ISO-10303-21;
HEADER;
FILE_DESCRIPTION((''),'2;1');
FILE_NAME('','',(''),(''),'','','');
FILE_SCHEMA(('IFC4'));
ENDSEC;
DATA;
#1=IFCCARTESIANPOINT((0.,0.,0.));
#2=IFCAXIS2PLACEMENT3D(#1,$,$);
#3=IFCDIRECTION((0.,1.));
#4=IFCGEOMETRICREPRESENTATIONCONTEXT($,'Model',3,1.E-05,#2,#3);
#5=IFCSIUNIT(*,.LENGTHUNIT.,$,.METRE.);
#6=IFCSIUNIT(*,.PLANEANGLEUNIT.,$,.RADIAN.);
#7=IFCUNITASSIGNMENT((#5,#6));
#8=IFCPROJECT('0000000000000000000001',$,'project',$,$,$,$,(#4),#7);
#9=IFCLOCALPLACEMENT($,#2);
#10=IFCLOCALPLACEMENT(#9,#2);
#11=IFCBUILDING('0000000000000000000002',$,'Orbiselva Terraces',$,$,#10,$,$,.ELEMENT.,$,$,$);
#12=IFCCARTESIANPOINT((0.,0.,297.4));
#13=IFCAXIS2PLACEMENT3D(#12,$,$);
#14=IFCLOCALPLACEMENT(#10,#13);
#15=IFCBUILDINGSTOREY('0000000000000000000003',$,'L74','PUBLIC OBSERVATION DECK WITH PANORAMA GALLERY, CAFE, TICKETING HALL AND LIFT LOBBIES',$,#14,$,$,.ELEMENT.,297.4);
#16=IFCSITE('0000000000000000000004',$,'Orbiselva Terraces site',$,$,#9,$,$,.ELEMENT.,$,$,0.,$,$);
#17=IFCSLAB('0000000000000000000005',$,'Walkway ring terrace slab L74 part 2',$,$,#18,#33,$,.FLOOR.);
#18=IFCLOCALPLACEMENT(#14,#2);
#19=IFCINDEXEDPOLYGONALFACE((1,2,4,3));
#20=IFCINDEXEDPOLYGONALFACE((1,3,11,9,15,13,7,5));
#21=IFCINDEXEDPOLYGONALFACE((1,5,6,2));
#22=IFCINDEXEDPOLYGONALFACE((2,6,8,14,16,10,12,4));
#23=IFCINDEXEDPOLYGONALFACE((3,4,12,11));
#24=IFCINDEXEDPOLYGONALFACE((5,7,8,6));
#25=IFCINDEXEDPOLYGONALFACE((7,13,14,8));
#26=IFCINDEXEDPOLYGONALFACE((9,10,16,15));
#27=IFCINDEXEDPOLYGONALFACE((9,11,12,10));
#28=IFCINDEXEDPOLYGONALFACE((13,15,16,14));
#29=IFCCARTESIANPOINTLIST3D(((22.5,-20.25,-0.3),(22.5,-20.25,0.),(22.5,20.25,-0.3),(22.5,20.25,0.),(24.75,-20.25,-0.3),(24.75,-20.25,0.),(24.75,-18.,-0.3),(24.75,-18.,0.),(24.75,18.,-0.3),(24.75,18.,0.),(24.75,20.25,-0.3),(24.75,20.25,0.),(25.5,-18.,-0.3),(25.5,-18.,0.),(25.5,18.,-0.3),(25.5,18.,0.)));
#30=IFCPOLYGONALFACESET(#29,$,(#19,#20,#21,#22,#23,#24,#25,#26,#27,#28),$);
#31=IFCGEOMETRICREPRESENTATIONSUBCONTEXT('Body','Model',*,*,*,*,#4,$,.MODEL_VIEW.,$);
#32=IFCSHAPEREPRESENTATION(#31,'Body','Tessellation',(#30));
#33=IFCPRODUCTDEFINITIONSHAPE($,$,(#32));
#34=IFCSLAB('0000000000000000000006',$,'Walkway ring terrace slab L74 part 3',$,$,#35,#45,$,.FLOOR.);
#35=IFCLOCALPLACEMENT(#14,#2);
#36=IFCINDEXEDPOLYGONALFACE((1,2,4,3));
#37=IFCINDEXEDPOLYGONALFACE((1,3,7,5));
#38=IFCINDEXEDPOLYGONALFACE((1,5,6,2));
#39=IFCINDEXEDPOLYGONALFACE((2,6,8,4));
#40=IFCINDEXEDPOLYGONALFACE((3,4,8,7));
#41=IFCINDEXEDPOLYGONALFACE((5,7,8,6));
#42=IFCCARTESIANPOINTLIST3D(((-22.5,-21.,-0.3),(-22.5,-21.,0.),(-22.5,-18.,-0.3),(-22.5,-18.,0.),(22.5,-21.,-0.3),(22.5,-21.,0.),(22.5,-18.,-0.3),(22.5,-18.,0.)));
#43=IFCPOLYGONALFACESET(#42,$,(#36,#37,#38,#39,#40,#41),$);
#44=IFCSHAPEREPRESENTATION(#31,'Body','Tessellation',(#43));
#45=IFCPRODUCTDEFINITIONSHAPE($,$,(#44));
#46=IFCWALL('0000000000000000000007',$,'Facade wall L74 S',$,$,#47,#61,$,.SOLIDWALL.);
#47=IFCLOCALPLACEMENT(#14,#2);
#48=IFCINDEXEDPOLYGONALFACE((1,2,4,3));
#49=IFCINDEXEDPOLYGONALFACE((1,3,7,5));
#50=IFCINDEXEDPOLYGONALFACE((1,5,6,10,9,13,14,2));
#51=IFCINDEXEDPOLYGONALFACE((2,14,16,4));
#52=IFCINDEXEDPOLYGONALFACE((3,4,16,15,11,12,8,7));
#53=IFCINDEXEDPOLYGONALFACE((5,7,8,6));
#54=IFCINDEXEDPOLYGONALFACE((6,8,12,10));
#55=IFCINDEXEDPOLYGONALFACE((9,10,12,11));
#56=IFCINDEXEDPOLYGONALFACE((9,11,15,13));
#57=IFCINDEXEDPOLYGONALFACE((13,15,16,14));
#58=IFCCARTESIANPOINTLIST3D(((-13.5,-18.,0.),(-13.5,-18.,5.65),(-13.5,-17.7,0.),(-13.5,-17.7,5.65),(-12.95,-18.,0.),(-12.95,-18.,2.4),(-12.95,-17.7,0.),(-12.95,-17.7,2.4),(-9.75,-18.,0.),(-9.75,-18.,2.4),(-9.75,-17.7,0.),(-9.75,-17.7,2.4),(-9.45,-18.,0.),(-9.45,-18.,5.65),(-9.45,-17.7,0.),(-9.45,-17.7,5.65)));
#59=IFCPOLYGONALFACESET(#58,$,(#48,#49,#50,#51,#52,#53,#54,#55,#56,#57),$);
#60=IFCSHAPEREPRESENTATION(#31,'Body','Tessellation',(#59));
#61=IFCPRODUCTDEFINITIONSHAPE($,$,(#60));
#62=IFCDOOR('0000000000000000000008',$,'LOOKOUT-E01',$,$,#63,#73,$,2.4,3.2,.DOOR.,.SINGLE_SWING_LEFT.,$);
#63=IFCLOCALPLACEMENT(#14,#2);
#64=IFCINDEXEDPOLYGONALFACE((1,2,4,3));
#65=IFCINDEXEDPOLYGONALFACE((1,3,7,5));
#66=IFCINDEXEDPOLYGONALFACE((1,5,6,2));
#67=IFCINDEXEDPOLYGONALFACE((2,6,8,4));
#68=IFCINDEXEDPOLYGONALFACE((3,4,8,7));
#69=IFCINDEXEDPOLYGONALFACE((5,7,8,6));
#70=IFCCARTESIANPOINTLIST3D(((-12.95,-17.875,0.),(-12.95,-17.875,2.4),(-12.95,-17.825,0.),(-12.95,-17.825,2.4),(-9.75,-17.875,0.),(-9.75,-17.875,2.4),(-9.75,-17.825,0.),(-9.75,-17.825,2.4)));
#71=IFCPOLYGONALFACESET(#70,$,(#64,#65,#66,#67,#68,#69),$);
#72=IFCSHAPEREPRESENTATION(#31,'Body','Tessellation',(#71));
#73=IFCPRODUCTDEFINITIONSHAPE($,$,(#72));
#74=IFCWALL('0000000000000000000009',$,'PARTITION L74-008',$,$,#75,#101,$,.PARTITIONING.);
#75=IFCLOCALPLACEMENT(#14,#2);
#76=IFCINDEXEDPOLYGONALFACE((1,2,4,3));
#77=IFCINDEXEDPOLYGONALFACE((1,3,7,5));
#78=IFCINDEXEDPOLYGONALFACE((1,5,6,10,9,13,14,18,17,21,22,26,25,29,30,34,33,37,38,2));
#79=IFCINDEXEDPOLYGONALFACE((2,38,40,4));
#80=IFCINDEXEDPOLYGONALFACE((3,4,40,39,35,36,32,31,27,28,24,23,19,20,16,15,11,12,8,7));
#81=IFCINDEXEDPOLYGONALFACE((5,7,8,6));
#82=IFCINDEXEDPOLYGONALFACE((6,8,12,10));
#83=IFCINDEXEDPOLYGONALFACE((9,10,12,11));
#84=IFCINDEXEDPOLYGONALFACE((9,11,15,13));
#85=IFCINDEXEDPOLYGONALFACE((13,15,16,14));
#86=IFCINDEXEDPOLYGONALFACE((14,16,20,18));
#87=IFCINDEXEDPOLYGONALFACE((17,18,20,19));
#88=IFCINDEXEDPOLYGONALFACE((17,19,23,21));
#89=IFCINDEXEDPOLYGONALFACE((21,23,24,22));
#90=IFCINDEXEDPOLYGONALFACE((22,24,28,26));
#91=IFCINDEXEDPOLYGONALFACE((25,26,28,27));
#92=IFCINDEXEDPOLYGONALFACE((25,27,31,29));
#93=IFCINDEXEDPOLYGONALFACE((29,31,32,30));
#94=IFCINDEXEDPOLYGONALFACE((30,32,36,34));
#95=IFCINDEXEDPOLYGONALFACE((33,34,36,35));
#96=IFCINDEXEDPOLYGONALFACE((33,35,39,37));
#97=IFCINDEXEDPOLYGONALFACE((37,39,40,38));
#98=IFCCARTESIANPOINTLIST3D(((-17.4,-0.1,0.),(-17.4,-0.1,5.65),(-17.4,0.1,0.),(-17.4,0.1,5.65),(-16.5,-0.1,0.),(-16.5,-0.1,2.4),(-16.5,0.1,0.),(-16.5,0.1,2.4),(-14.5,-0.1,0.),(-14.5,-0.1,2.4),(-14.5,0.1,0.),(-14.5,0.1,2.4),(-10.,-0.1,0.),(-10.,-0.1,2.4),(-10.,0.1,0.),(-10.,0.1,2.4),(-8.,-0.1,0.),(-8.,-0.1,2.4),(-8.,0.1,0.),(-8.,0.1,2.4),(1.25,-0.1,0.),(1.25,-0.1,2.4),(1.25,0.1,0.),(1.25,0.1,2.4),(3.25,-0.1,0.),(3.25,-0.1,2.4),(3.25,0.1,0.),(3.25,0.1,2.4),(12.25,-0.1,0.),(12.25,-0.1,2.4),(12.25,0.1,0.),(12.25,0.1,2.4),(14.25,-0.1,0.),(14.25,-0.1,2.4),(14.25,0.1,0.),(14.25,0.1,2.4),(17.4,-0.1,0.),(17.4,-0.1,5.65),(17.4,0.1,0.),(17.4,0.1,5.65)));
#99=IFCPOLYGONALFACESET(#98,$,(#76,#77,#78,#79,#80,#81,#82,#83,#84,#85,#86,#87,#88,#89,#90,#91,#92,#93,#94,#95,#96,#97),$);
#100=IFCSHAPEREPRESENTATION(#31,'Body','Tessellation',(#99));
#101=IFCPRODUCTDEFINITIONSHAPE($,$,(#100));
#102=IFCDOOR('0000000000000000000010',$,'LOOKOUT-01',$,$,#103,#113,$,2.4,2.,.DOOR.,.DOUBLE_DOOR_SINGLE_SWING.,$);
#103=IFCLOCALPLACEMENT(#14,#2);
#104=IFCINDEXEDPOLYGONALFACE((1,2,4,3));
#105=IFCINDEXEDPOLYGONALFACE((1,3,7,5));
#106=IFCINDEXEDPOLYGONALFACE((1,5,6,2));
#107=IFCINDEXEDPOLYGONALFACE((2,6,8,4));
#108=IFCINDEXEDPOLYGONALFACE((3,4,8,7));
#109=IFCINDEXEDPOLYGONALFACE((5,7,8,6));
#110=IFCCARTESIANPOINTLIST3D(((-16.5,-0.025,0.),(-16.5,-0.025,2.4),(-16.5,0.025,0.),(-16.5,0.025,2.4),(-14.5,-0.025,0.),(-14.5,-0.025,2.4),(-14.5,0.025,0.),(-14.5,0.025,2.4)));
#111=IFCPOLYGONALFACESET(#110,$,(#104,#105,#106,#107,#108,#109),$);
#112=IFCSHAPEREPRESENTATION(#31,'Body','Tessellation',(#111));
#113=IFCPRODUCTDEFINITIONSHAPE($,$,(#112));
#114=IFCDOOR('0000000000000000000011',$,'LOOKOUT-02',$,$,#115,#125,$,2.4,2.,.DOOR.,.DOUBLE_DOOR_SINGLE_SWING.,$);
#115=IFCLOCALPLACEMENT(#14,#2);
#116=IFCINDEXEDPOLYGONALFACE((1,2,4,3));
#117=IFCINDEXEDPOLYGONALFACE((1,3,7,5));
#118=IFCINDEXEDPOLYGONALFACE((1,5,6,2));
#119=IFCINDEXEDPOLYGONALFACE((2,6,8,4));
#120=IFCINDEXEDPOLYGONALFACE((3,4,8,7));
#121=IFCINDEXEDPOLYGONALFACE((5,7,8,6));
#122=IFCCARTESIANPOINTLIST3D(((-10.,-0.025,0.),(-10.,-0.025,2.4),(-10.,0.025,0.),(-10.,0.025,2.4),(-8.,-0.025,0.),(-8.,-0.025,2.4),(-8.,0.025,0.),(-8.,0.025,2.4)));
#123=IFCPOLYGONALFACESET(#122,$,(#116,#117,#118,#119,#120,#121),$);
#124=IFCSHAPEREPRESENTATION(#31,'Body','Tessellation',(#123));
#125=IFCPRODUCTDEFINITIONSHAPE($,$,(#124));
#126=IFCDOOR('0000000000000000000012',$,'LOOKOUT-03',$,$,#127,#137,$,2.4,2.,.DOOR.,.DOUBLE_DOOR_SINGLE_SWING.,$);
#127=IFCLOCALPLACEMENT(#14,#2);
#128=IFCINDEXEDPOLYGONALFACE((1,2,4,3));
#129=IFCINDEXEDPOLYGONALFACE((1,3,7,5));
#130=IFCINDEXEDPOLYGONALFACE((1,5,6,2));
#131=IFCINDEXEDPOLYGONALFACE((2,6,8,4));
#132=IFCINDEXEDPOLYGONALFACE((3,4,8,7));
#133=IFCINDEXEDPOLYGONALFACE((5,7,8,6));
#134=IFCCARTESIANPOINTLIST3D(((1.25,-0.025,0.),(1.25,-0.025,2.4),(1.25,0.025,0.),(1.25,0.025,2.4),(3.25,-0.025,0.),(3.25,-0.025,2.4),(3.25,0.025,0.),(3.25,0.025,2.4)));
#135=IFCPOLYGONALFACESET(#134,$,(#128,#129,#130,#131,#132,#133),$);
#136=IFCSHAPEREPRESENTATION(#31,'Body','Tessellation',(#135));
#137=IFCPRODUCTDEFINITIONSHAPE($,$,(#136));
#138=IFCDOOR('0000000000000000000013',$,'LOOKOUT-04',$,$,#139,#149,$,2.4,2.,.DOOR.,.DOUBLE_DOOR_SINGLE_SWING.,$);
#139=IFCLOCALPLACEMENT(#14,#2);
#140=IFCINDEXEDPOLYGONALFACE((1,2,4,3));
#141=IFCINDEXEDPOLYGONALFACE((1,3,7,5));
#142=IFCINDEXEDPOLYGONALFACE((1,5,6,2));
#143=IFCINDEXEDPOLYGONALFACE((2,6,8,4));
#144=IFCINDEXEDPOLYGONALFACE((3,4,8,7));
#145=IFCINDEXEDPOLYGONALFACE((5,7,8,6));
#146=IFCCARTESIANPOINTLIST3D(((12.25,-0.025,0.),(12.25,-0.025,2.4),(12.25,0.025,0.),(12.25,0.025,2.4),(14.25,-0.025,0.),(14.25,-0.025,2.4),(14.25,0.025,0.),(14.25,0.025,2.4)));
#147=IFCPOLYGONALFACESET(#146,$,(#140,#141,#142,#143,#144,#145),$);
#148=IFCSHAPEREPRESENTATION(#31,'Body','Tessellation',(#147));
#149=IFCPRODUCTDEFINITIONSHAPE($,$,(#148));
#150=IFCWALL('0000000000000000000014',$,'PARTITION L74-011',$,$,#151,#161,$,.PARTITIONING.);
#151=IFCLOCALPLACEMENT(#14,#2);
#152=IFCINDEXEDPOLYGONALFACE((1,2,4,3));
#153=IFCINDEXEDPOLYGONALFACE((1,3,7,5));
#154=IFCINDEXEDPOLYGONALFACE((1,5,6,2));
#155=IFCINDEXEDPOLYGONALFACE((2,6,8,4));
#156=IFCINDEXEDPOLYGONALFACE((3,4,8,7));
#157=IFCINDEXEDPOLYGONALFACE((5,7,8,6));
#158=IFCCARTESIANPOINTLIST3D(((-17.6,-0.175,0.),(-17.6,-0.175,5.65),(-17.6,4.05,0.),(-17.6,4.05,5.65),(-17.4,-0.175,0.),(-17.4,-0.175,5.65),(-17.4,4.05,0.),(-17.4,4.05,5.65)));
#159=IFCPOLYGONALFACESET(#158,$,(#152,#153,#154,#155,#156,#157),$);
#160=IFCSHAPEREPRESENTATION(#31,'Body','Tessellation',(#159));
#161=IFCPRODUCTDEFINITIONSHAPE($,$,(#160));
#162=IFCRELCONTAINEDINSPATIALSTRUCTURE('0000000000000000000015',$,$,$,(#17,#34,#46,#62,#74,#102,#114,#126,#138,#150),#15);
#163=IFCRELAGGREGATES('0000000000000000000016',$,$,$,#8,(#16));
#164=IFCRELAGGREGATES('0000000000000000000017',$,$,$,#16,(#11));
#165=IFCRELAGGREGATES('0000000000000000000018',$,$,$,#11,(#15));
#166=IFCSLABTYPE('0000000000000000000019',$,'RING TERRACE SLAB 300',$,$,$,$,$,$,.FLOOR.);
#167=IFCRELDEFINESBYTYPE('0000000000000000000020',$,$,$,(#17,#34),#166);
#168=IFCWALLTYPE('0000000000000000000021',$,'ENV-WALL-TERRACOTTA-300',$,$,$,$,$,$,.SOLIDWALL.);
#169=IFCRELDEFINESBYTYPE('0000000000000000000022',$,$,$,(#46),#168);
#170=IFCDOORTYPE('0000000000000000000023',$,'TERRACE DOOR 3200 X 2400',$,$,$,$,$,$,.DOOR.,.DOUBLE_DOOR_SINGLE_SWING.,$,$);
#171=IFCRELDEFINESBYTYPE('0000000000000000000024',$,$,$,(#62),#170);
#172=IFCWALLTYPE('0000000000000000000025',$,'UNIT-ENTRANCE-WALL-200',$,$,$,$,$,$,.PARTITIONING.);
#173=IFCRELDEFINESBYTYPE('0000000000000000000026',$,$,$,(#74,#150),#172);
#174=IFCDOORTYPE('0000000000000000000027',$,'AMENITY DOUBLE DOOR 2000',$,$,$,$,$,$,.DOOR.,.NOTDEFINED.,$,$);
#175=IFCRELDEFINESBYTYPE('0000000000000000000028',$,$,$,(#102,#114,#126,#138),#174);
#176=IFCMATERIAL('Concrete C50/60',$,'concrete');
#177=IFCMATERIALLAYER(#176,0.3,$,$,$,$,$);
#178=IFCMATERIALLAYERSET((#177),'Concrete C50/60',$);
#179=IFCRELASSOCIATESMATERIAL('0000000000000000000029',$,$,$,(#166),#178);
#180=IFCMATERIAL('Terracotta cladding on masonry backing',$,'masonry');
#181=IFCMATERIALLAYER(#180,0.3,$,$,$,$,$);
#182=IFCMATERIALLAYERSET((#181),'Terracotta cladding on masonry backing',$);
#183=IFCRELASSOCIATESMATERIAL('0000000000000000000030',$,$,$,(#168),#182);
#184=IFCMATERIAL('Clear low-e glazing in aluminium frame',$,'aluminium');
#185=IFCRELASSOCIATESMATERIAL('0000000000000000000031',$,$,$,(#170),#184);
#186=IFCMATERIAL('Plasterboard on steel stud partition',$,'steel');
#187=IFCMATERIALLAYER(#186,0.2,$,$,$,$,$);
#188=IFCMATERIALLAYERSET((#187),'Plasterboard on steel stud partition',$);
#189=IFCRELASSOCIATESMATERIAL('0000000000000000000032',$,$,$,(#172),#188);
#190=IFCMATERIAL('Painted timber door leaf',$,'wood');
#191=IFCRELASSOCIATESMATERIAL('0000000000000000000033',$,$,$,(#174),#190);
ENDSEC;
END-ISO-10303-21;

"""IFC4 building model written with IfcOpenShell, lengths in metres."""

from ifc_helpers import new_model, si_unit, direction, frame, frame_2d, origin, place, context, subcontext, project, spatial, polyline, rectangle, outline, extrude, material, layer, layer_set, type_object, element, fill, save


model = new_model("IFC4")

# Units and contexts
model_context = context("Model", 3, precision=1e-05, world=origin(), true_north=direction((0.0, 1.0)))
body_context = subcontext(model_context, "Body", "Model", "MODEL_VIEW")
ifc_project = project(units=[si_unit("LENGTHUNIT", "METRE"), si_unit("PLANEANGLEUNIT", "RADIAN")], contexts=[model_context])

# Site, building, storey
site_placement = place(None, origin())
site = spatial("IfcSite", under=ifc_project, at=site_placement, Name="Orbiselva Terraces site", CompositionType="ELEMENT", RefElevation=0.0)
building_placement = place(site_placement, origin())
building = spatial("IfcBuilding", under=site, at=building_placement, Name="Orbiselva Terraces", CompositionType="ELEMENT")
storey_placement = place(building_placement, frame((0.0, 0.0, 297.4)))
storey = spatial("IfcBuildingStorey", under=building, at=storey_placement, Name="L74", Description="PUBLIC OBSERVATION DECK WITH PANORAMA GALLERY, CAFE, TICKETING HALL AND LIFT LOBBIES", CompositionType="ELEMENT", Elevation=297.4)

# Shared definitions
ifc_material_1 = material(Name="Concrete C50/60", Category="concrete")

# Shared definitions
ifc_material_2 = material(Name="Clear low-e glazing in aluminium frame", Category="aluminium")

# Slabs
ifc_layer_1 = layer(ifc_material_1, 0.3)
ifc_layer_set_1 = layer_set([ifc_layer_1], Name="Concrete C50/60")
slab_type_1 = type_object("IfcSlabType", Name="RING TERRACE SLAB 300", PredefinedType="FLOOR", material=ifc_layer_set_1)
slab_1_placement = place(storey_placement, frame((0.0, 0.0, -0.3)))
element("IfcSlab", 1, at=slab_1_placement, inside=storey, type_object=slab_type_1, Name="Walkway ring terrace slab L74 part 2", PredefinedType="FLOOR", context=body_context, shape_type="SweptSolid", body=[
    extrude(outline(polyline([(24.75, 20.25), (22.5, 20.25), (22.5, -20.25), (24.75, -20.25), (24.75, -18.0), (25.5, -18.0), (25.5, 18.0), (24.75, 18.0), (24.75, 20.25)])), origin(), (0.0, 0.0, 1.0), 0.3),
])
slab_2_placement = place(storey_placement, frame((0.0, 0.0, -0.3)))
element("IfcSlab", 2, at=slab_2_placement, inside=storey, type_object=slab_type_1, Name="Walkway ring terrace slab L74 part 3", PredefinedType="FLOOR", context=body_context, shape_type="SweptSolid", body=[
    extrude(outline(polyline([(22.5, -18.0), (-22.5, -18.0), (-22.5, -21.0), (22.5, -21.0), (22.5, -18.0)])), origin(), (0.0, 0.0, 1.0), 0.3),
])

# Wall, opening, door
ifc_material_3 = material(Name="Terracotta cladding on masonry backing", Category="masonry")
ifc_layer_2 = layer(ifc_material_3, 0.3)
ifc_layer_set_2 = layer_set([ifc_layer_2], Name="Terracotta cladding on masonry backing")
wall_type_1 = type_object("IfcWallType", Name="ENV-WALL-TERRACOTTA-300", PredefinedType="SOLIDWALL", material=ifc_layer_set_2)
wall_1_placement = place(storey_placement, frame((-9.45, -17.85, 0.0), z_axis=(0.0, 0.0, 1.0), x_axis=(-1.0, 0.0, 0.0)))
wall_1 = element("IfcWall", 3, at=wall_1_placement, inside=storey, type_object=wall_type_1, Name="Facade wall L74 S", PredefinedType="SOLIDWALL", context=body_context, shape_type="SweptSolid", body=[
    extrude(rectangle(XDim=4.05, YDim=0.3, at=frame_2d((2.025, 0.0))), origin(), (0.0, 0.0, 1.0), 5.65),
])
opening_1_placement = place(wall_1_placement, frame((0.3, 0.0, 0.0)))
opening_1 = element("IfcOpeningElement", 4, at=opening_1_placement, cuts=wall_1, PredefinedType="OPENING", context=body_context, shape_type="SweptSolid", body=[
    extrude(rectangle(XDim=3.2, YDim=2.4, at=frame_2d((1.6, 1.2))), frame((0.0, 0.16, 0.0), z_axis=(0.0, -1.0, 0.0), x_axis=(1.0, 0.0, 0.0)), (0.0, 0.0, 1.0), 0.32),
])
door_type_1 = type_object("IfcDoorType", Name="TERRACE DOOR 3200 X 2400", OperationType="DOUBLE_DOOR_SINGLE_SWING", PredefinedType="DOOR", material=ifc_material_2)
door_1_placement = place(opening_1_placement, origin())
door_1 = element("IfcDoor", 5, at=door_1_placement, inside=storey, type_object=door_type_1, Name="LOOKOUT-E01", OperationType="SINGLE_SWING_LEFT", OverallHeight=2.4, OverallWidth=3.2, PredefinedType="DOOR", context=body_context, shape_type="SweptSolid", body=[
    extrude(rectangle(XDim=3.2, YDim=2.4, at=frame_2d((1.6, 1.2))), frame((0.0, 0.025, 0.0), z_axis=(0.0, -1.0, 0.0), x_axis=(1.0, 0.0, 0.0)), (0.0, 0.0, 1.0), 0.05),
])
fill(opening_1, door_1)

# Wall, openings, doors
ifc_material_4 = material(Name="Plasterboard on steel stud partition", Category="steel")
ifc_layer_3 = layer(ifc_material_4, 0.2)
ifc_layer_set_3 = layer_set([ifc_layer_3], Name="Plasterboard on steel stud partition")
wall_type_2 = type_object("IfcWallType", Name="UNIT-ENTRANCE-WALL-200", PredefinedType="PARTITIONING", material=ifc_layer_set_3)
wall_2_placement = place(storey_placement, frame((-17.4, 0.0, 0.0), z_axis=(0.0, 0.0, 1.0), x_axis=(1.0, 0.0, 0.0)))
wall_2 = element("IfcWall", 6, at=wall_2_placement, inside=storey, type_object=wall_type_2, Name="PARTITION L74-008", PredefinedType="PARTITIONING", context=body_context, shape_type="SweptSolid", body=[
    extrude(rectangle(XDim=34.8, YDim=0.2, at=frame_2d((17.4, 0.0))), origin(), (0.0, 0.0, 1.0), 5.65),
])
opening_2_placement = place(wall_2_placement, frame((0.9, 0.0, 0.0)))
opening_2 = element("IfcOpeningElement", 7, at=opening_2_placement, cuts=wall_2, PredefinedType="OPENING", context=body_context, shape_type="SweptSolid", body=[
    extrude(rectangle(XDim=2.0, YDim=2.4, at=frame_2d((1.0, 1.2))), frame((0.0, 0.11, 0.0), z_axis=(0.0, -1.0, 0.0), x_axis=(1.0, 0.0, 0.0)), (0.0, 0.0, 1.0), 0.22),
])
opening_3_placement = place(wall_2_placement, frame((7.4, 0.0, 0.0)))
opening_3 = element("IfcOpeningElement", 8, at=opening_3_placement, cuts=wall_2, PredefinedType="OPENING", context=body_context, shape_type="SweptSolid", body=[
    extrude(rectangle(XDim=2.0, YDim=2.4, at=frame_2d((1.0, 1.2))), frame((0.0, 0.11, 0.0), z_axis=(0.0, -1.0, 0.0), x_axis=(1.0, 0.0, 0.0)), (0.0, 0.0, 1.0), 0.22),
])
opening_4_placement = place(wall_2_placement, frame((18.65, 0.0, 0.0)))
opening_4 = element("IfcOpeningElement", 9, at=opening_4_placement, cuts=wall_2, PredefinedType="OPENING", context=body_context, shape_type="SweptSolid", body=[
    extrude(rectangle(XDim=2.0, YDim=2.4, at=frame_2d((1.0, 1.2))), frame((0.0, 0.11, 0.0), z_axis=(0.0, -1.0, 0.0), x_axis=(1.0, 0.0, 0.0)), (0.0, 0.0, 1.0), 0.22),
])
opening_5_placement = place(wall_2_placement, frame((29.65, 0.0, 0.0)))
opening_5 = element("IfcOpeningElement", 10, at=opening_5_placement, cuts=wall_2, PredefinedType="OPENING", context=body_context, shape_type="SweptSolid", body=[
    extrude(rectangle(XDim=2.0, YDim=2.4, at=frame_2d((1.0, 1.2))), frame((0.0, 0.11, 0.0), z_axis=(0.0, -1.0, 0.0), x_axis=(1.0, 0.0, 0.0)), (0.0, 0.0, 1.0), 0.22),
])
ifc_material_5 = material(Name="Painted timber door leaf", Category="wood")
door_type_2 = type_object("IfcDoorType", Name="AMENITY DOUBLE DOOR 2000", OperationType="NOTDEFINED", PredefinedType="DOOR", material=ifc_material_5)
door_2_placement = place(opening_2_placement, origin())
door_2 = element("IfcDoor", 11, at=door_2_placement, inside=storey, type_object=door_type_2, Name="LOOKOUT-01", OperationType="DOUBLE_DOOR_SINGLE_SWING", OverallHeight=2.4, OverallWidth=2.0, PredefinedType="DOOR", context=body_context, shape_type="SweptSolid", body=[
    extrude(rectangle(XDim=2.0, YDim=2.4, at=frame_2d((1.0, 1.2))), frame((0.0, 0.025, 0.0), z_axis=(0.0, -1.0, 0.0), x_axis=(1.0, 0.0, 0.0)), (0.0, 0.0, 1.0), 0.05),
])
fill(opening_2, door_2)
door_3_placement = place(opening_3_placement, origin())
door_3 = element("IfcDoor", 12, at=door_3_placement, inside=storey, type_object=door_type_2, Name="LOOKOUT-02", OperationType="DOUBLE_DOOR_SINGLE_SWING", OverallHeight=2.4, OverallWidth=2.0, PredefinedType="DOOR", context=body_context, shape_type="SweptSolid", body=[
    extrude(rectangle(XDim=2.0, YDim=2.4, at=frame_2d((1.0, 1.2))), frame((0.0, 0.025, 0.0), z_axis=(0.0, -1.0, 0.0), x_axis=(1.0, 0.0, 0.0)), (0.0, 0.0, 1.0), 0.05),
])
fill(opening_3, door_3)
door_4_placement = place(opening_4_placement, origin())
door_4 = element("IfcDoor", 13, at=door_4_placement, inside=storey, type_object=door_type_2, Name="LOOKOUT-03", OperationType="DOUBLE_DOOR_SINGLE_SWING", OverallHeight=2.4, OverallWidth=2.0, PredefinedType="DOOR", context=body_context, shape_type="SweptSolid", body=[
    extrude(rectangle(XDim=2.0, YDim=2.4, at=frame_2d((1.0, 1.2))), frame((0.0, 0.025, 0.0), z_axis=(0.0, -1.0, 0.0), x_axis=(1.0, 0.0, 0.0)), (0.0, 0.0, 1.0), 0.05),
])
fill(opening_4, door_4)
door_5_placement = place(opening_5_placement, origin())
door_5 = element("IfcDoor", 14, at=door_5_placement, inside=storey, type_object=door_type_2, Name="LOOKOUT-04", OperationType="DOUBLE_DOOR_SINGLE_SWING", OverallHeight=2.4, OverallWidth=2.0, PredefinedType="DOOR", context=body_context, shape_type="SweptSolid", body=[
    extrude(rectangle(XDim=2.0, YDim=2.4, at=frame_2d((1.0, 1.2))), frame((0.0, 0.025, 0.0), z_axis=(0.0, -1.0, 0.0), x_axis=(1.0, 0.0, 0.0)), (0.0, 0.0, 1.0), 0.05),
])
fill(opening_5, door_5)

# Wall
wall_3_placement = place(storey_placement, frame((-17.5, -0.175, 0.0), z_axis=(0.0, 0.0, 1.0), x_axis=(0.0, 1.0, 0.0)))
element("IfcWall", 15, at=wall_3_placement, inside=storey, type_object=wall_type_2, Name="PARTITION L74-011", PredefinedType="PARTITIONING", context=body_context, shape_type="SweptSolid", body=[
    extrude(rectangle(XDim=4.225, YDim=0.2, at=frame_2d((2.1125, 0.0))), origin(), (0.0, 0.0, 1.0), 5.65),
])

save(model, "model.ifc")
